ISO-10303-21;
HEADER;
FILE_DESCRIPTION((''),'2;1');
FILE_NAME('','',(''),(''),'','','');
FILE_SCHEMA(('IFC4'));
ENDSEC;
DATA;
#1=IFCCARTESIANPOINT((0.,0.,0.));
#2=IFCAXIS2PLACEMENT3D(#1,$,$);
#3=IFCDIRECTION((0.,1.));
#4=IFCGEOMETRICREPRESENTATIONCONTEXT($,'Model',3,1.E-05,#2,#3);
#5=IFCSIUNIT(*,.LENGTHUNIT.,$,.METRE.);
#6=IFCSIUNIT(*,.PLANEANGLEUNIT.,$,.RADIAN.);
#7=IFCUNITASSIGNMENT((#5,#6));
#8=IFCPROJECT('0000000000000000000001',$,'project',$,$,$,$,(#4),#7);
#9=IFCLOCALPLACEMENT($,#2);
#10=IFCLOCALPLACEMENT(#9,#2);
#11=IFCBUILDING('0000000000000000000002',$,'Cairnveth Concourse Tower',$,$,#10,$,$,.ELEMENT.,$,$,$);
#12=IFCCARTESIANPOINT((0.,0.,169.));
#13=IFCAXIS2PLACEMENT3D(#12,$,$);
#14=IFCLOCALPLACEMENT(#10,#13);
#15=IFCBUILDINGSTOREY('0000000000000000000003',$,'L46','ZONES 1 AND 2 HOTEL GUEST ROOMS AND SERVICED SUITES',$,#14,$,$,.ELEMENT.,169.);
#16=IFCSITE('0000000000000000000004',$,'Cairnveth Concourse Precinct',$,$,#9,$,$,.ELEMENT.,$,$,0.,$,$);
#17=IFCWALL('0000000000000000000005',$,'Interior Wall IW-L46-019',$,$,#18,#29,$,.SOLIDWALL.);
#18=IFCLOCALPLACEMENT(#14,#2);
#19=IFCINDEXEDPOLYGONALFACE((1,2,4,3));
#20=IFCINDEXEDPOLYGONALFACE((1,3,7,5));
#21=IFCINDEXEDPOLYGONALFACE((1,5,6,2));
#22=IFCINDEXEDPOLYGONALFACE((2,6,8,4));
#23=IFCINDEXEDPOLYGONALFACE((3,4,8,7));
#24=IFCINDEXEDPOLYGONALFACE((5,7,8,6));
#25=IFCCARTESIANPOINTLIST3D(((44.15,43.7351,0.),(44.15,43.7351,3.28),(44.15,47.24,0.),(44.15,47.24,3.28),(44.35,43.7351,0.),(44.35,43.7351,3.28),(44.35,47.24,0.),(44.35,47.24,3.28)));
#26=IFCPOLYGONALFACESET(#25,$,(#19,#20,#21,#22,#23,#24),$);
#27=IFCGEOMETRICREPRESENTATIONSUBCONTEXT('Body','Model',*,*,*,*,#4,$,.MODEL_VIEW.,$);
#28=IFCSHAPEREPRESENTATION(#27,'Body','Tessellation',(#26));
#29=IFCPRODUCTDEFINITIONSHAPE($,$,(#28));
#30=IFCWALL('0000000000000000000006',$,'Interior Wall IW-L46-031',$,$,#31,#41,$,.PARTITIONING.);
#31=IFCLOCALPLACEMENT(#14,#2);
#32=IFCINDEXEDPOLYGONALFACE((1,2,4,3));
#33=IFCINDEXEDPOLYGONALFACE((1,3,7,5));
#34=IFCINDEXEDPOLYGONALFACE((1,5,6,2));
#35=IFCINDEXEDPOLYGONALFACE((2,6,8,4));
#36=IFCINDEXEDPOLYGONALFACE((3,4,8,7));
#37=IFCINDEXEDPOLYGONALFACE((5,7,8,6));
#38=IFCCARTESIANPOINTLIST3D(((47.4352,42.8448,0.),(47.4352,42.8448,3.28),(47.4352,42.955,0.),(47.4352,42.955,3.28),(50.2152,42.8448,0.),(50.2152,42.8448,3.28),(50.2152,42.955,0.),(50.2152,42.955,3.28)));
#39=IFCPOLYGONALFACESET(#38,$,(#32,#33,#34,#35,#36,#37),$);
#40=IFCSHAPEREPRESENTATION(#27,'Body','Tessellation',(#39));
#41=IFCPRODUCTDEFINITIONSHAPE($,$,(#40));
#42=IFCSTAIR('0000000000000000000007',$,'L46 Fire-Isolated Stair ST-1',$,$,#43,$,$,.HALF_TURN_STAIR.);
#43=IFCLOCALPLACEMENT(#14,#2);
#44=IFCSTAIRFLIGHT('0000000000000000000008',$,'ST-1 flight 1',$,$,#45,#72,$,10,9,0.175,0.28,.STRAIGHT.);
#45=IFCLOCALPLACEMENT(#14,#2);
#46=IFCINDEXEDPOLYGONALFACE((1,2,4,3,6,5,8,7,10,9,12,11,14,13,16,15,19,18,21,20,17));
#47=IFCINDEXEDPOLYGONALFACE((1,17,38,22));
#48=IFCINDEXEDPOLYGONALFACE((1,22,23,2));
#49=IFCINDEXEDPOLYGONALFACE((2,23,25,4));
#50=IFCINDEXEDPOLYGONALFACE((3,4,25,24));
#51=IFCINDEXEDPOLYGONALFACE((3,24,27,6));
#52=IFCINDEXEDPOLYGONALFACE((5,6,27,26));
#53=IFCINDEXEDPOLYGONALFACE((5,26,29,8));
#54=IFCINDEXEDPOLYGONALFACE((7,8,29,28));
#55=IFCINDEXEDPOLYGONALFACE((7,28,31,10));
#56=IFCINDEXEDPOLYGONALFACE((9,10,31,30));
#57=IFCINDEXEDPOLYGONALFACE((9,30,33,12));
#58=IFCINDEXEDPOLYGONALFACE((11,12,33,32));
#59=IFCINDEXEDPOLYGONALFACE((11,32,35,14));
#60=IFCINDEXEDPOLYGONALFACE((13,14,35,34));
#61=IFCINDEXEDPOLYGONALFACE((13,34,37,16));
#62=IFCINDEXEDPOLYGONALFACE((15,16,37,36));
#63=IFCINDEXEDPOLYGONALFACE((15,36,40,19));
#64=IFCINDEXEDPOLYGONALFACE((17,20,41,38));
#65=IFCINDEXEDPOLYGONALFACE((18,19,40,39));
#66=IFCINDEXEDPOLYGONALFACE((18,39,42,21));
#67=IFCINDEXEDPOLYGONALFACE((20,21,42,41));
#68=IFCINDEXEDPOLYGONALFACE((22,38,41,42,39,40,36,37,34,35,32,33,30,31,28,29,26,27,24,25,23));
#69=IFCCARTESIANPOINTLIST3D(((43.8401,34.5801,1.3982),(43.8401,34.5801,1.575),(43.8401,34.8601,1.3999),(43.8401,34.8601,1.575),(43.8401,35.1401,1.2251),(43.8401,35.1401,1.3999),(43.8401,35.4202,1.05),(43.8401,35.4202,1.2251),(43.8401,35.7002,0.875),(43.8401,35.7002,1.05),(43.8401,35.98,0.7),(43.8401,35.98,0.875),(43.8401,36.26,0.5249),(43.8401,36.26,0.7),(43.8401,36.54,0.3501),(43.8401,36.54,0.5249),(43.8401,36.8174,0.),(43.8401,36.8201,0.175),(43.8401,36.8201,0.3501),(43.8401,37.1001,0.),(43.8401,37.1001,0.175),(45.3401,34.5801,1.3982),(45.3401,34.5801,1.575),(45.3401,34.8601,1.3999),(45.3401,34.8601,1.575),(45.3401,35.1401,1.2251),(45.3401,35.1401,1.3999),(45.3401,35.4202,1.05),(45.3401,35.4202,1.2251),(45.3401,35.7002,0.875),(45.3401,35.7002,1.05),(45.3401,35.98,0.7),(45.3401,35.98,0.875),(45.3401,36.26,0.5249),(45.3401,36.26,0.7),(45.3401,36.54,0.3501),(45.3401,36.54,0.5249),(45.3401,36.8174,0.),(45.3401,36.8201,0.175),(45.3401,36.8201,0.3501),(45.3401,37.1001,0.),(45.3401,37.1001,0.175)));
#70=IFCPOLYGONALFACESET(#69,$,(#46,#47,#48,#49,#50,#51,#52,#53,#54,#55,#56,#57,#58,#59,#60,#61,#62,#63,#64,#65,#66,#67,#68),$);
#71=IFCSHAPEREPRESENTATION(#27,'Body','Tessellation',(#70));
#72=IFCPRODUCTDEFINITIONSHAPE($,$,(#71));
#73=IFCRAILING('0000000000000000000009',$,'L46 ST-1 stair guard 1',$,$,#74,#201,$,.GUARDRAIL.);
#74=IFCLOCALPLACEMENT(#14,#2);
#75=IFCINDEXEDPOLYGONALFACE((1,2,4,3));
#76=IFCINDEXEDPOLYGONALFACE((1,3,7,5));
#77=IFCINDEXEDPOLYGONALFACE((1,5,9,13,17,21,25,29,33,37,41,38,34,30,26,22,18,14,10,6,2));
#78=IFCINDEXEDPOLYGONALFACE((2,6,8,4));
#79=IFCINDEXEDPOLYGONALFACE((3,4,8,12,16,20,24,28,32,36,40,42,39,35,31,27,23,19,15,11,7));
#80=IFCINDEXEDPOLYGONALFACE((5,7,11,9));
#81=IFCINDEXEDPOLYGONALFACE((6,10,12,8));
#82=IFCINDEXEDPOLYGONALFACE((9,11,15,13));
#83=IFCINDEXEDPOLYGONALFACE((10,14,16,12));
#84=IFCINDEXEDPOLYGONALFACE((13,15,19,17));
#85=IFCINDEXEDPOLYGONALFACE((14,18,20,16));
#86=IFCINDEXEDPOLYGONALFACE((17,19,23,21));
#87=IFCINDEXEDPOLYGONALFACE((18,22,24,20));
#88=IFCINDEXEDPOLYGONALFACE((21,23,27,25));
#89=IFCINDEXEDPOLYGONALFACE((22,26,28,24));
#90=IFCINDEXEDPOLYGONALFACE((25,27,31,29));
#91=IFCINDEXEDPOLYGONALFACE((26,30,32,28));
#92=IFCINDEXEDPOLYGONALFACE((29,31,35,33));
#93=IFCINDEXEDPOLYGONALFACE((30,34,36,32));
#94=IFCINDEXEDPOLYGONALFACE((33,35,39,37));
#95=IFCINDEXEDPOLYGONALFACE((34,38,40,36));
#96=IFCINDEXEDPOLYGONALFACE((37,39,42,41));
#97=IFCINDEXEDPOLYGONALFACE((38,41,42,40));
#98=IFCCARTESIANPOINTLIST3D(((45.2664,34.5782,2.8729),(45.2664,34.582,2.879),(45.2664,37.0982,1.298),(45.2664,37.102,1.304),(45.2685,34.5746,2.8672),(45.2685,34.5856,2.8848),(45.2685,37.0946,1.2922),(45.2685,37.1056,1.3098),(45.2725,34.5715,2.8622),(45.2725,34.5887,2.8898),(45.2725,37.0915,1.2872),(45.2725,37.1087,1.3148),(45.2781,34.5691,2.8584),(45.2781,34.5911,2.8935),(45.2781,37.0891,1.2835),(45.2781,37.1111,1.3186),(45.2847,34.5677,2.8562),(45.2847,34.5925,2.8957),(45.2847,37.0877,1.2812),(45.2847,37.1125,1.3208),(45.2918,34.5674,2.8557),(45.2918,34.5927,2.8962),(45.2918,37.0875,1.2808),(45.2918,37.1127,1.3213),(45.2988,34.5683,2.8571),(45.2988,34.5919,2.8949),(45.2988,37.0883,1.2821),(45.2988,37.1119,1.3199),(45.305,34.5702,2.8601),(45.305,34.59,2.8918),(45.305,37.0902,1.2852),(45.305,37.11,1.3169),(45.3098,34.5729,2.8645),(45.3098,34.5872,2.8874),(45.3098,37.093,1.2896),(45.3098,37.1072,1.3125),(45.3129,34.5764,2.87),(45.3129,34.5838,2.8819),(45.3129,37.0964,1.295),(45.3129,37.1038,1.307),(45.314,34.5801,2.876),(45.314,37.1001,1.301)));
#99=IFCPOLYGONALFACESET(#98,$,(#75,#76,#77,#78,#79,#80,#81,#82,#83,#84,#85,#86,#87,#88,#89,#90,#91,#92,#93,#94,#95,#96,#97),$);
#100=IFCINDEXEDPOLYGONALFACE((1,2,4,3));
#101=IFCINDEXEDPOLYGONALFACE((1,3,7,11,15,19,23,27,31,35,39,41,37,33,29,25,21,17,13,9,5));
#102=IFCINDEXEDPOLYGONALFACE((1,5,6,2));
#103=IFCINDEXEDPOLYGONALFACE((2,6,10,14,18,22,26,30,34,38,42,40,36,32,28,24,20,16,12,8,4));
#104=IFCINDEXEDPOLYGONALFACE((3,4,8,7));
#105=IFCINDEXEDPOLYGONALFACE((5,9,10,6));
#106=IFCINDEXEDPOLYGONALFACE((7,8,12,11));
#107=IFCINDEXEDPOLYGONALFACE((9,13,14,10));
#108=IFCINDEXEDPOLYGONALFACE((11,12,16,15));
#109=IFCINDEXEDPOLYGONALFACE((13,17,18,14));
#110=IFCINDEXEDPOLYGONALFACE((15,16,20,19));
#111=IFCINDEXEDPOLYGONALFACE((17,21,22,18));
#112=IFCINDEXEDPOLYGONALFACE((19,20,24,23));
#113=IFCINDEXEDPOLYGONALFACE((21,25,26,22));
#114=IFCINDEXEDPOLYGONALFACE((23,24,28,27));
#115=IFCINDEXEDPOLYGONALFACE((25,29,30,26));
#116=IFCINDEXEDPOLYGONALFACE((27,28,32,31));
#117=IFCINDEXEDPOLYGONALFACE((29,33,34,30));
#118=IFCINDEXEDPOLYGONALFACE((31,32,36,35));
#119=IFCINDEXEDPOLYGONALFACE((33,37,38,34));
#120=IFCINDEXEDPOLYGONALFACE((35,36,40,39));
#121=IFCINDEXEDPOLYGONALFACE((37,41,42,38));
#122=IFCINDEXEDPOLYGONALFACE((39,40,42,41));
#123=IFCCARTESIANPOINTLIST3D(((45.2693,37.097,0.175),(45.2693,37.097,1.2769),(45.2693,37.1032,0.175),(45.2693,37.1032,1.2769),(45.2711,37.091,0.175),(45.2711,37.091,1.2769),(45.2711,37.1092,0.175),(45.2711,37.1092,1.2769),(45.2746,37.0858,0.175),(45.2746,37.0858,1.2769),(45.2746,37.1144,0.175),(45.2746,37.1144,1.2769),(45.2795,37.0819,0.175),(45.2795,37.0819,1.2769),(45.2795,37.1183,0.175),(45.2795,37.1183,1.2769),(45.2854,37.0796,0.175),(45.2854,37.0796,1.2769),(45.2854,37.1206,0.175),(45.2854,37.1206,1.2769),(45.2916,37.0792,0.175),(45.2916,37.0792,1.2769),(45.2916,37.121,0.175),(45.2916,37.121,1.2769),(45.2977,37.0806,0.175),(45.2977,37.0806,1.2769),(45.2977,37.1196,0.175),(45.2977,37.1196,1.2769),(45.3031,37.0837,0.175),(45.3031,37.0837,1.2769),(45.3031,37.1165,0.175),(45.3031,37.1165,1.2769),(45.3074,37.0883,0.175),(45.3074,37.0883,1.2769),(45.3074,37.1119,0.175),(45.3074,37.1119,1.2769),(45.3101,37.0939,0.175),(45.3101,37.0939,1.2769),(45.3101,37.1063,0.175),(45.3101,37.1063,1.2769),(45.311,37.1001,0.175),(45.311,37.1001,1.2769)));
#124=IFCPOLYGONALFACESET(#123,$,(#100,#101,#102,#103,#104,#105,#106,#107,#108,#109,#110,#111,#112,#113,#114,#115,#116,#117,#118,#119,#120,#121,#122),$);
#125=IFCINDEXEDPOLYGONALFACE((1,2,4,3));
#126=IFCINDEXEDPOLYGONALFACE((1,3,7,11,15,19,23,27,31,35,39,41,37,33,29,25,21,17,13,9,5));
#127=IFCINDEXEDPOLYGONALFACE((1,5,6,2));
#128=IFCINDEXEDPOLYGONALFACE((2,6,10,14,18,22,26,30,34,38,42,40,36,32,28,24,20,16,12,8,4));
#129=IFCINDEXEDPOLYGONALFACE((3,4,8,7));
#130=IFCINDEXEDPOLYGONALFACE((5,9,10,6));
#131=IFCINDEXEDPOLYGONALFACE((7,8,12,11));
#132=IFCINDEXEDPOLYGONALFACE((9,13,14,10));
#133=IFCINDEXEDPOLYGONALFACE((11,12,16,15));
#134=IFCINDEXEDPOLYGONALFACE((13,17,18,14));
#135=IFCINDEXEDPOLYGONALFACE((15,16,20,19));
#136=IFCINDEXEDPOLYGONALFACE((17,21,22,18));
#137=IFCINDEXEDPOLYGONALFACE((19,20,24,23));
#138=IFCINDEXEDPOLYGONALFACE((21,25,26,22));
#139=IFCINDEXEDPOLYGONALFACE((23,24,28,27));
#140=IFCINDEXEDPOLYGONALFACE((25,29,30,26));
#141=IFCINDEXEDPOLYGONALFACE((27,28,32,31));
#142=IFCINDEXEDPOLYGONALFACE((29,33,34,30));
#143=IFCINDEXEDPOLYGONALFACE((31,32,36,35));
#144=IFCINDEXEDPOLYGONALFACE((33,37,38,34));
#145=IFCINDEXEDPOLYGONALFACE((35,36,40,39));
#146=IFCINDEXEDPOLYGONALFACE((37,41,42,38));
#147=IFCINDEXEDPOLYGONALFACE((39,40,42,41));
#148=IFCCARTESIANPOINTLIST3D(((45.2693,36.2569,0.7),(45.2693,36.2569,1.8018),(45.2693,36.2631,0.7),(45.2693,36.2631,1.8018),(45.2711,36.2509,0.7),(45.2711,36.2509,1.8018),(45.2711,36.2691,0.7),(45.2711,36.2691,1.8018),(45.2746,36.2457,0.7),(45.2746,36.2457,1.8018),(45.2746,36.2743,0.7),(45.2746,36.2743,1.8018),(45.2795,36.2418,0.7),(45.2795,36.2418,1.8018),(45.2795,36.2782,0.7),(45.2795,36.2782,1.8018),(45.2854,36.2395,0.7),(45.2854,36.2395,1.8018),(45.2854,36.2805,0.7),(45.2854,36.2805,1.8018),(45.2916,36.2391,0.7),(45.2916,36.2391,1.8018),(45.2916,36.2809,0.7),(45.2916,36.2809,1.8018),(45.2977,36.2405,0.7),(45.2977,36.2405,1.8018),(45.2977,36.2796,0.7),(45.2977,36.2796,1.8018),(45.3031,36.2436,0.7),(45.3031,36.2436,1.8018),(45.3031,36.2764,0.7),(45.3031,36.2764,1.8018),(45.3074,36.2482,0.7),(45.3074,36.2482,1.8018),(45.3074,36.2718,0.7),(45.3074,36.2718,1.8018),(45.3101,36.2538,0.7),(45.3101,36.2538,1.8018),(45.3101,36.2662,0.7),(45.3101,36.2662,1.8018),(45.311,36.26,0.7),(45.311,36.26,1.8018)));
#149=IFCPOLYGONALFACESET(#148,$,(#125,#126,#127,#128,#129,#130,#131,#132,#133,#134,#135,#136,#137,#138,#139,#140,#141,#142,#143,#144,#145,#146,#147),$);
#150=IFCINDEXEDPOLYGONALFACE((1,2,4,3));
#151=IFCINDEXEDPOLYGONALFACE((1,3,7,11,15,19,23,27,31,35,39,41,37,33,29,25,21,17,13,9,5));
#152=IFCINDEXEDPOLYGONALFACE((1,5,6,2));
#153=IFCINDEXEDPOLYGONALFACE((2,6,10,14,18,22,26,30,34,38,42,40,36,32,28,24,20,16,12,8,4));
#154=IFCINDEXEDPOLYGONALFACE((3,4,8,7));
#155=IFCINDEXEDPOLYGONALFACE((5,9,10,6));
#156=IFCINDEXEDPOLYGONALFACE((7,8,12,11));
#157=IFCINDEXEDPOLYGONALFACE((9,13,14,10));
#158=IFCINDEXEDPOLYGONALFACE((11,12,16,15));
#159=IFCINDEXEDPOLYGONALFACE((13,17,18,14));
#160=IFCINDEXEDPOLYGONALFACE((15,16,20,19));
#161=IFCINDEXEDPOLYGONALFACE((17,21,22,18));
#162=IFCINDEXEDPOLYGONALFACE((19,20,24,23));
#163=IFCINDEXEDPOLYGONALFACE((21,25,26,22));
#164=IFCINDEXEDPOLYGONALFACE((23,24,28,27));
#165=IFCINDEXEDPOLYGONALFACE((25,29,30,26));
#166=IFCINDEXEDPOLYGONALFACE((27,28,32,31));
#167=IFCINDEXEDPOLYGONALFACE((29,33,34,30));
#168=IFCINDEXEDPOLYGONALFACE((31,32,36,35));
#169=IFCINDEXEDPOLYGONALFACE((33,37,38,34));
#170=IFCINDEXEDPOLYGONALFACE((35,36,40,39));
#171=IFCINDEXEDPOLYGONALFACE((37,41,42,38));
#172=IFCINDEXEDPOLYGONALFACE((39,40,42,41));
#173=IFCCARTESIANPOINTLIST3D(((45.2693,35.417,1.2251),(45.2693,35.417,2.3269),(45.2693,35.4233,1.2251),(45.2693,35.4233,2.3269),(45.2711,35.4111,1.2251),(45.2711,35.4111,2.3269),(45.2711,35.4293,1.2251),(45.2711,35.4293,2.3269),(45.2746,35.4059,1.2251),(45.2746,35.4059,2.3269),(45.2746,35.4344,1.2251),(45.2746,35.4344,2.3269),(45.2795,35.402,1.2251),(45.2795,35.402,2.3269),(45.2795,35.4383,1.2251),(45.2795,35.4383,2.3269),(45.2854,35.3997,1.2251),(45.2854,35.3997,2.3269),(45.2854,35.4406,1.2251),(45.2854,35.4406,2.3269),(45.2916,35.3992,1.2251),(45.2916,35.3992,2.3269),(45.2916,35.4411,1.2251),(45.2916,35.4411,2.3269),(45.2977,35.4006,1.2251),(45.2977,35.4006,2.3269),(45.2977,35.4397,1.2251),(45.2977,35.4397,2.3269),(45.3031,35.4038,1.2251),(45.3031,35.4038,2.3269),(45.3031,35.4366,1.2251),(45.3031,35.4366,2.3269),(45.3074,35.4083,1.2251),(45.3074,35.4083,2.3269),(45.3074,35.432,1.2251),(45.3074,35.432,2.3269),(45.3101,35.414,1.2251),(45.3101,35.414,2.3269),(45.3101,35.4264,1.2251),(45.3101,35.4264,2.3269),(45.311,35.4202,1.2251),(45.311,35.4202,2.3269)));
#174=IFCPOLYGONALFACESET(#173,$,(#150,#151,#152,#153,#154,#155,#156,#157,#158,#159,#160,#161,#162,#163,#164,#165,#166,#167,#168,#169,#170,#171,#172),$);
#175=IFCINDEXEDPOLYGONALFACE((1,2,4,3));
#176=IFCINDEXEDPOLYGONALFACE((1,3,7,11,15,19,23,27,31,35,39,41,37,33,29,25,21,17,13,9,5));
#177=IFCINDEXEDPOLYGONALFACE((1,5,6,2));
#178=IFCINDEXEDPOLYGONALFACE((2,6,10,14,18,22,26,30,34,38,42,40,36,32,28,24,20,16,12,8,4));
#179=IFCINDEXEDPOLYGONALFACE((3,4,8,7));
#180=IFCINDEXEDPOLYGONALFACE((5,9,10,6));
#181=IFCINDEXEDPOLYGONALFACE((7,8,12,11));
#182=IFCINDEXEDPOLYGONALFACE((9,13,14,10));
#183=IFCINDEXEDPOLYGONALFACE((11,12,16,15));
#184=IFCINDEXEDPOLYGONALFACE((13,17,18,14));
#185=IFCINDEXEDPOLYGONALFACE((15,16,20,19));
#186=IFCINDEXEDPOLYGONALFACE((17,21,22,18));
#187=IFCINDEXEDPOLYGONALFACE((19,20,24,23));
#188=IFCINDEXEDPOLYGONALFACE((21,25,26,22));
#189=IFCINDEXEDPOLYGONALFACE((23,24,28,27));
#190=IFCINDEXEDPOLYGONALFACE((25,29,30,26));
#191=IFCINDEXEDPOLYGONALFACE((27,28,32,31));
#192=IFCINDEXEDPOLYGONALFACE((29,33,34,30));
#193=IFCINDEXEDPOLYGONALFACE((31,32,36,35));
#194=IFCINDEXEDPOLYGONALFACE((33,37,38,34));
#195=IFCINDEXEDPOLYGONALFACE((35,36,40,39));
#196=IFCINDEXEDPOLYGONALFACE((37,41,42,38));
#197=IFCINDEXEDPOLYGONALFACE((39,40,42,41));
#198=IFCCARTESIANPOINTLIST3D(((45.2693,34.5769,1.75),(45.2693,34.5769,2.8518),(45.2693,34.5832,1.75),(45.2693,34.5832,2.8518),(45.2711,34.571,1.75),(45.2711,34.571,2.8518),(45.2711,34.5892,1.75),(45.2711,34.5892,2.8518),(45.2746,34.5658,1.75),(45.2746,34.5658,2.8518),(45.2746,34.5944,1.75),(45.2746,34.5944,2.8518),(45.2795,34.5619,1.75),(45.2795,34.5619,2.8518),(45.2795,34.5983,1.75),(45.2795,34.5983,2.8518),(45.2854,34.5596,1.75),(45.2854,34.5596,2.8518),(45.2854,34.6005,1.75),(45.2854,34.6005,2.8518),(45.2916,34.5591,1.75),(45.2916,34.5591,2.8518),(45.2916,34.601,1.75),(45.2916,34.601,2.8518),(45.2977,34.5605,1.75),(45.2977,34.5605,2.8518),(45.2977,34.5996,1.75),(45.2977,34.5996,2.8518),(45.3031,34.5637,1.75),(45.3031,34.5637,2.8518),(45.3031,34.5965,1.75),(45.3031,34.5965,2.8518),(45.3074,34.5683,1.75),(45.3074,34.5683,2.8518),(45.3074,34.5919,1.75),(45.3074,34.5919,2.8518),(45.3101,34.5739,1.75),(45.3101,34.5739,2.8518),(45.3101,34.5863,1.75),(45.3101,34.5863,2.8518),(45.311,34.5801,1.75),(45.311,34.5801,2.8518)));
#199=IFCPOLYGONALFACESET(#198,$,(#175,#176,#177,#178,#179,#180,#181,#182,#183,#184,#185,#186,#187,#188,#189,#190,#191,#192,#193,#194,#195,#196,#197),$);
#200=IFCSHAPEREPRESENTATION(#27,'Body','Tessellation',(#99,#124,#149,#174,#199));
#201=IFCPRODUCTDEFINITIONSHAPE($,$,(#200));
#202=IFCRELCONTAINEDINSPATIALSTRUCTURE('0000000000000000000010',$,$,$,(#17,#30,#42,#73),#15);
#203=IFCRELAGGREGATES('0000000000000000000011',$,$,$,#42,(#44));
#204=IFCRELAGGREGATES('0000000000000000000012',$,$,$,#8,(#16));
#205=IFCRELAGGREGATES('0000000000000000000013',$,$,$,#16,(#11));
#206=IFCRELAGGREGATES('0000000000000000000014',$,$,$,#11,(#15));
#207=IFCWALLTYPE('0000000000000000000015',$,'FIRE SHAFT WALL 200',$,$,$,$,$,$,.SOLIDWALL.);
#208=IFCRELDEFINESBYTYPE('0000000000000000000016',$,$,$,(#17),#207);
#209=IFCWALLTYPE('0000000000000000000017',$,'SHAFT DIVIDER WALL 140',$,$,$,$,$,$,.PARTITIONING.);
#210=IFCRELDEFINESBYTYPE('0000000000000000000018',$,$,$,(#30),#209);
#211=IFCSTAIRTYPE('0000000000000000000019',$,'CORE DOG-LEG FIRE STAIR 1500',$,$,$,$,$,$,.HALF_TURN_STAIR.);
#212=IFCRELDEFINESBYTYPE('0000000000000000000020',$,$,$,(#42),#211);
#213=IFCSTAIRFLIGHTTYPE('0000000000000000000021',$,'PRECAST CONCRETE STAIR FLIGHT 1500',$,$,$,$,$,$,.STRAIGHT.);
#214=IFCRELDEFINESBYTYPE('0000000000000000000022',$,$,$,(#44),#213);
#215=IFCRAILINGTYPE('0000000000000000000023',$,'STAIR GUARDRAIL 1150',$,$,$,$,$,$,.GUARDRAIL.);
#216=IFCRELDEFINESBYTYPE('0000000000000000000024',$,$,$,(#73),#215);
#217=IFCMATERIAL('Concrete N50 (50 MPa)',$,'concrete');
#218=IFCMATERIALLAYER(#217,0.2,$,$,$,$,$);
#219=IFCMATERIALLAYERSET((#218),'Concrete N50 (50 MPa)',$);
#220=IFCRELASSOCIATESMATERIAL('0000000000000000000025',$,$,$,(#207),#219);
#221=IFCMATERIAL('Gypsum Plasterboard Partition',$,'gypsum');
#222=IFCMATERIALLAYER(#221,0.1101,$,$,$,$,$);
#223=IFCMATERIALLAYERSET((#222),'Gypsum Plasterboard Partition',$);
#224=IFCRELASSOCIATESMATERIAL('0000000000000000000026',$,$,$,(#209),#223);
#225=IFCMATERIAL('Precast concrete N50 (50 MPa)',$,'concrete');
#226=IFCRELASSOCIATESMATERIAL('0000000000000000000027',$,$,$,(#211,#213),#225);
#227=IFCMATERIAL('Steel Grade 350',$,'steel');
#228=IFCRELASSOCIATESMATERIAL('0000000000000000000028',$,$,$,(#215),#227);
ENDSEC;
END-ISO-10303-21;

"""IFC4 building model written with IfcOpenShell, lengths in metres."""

from ifc_helpers import new_model, si_unit, direction, frame, frame_2d, origin, origin_2d, place, context, subcontext, project, spatial, polyline, rectangle, circle, outline, extrude, material, layer, layer_set, type_object, element, aggregate, save


model = new_model("IFC4")

# Units and contexts
model_context = context("Model", 3, precision=1e-05, world=origin(), true_north=direction((0.0, 1.0)))
body_context = subcontext(model_context, "Body", "Model", "MODEL_VIEW")
ifc_project = project(units=[si_unit("LENGTHUNIT", "METRE"), si_unit("PLANEANGLEUNIT", "RADIAN")], contexts=[model_context])

# Site, building, storey
site_placement = place(None, origin())
site = spatial("IfcSite", under=ifc_project, at=site_placement, Name="Cairnveth Concourse Precinct", CompositionType="ELEMENT", RefElevation=0.0)
building_placement = place(site_placement, origin())
building = spatial("IfcBuilding", under=site, at=building_placement, Name="Cairnveth Concourse Tower", CompositionType="ELEMENT")
storey_placement = place(building_placement, frame((0.0, 0.0, 169.0)))
storey = spatial("IfcBuildingStorey", under=building, at=storey_placement, Name="L46", Description="ZONES 1 AND 2 HOTEL GUEST ROOMS AND SERVICED SUITES", CompositionType="ELEMENT", Elevation=169.0)

# Shared definitions
ifc_material_1 = material(Name="Steel Grade 350", Category="steel")

# Shared definitions
ifc_material_2 = material(Name="Gypsum Plasterboard Partition", Category="gypsum")
ifc_material_3 = material(Name="Concrete N50 (50 MPa)", Category="concrete")
ifc_layer_1 = layer(ifc_material_3, 0.2)
ifc_layer_set_1 = layer_set([ifc_layer_1], Name="Concrete N50 (50 MPa)")
wall_type_1 = type_object("IfcWallType", Name="FIRE SHAFT WALL 200", PredefinedType="SOLIDWALL", material=ifc_layer_set_1)

# Walls
for number, where, z_axis, x_axis, name in (
    (1, (44.25, 43.7351, 0.0), (0.0, 0.0, 1.0), (0.0, 1.0, 0.0), "Interior Wall IW-L46-019"),
):
    element("IfcWall", number, at=place(storey_placement, frame(where, z_axis=z_axis, x_axis=x_axis)), inside=storey, type_object=wall_type_1, Name=name, PredefinedType="SOLIDWALL", context=body_context, shape_type="SweptSolid", body=[
        extrude(rectangle(XDim=3.5049, YDim=0.2, at=frame_2d((1.7524, 0.0))), origin(), (0.0, 0.0, 1.0), 3.28),
    ])
ifc_layer_2 = layer(ifc_material_2, 0.1101)
ifc_layer_set_2 = layer_set([ifc_layer_2], Name="Gypsum Plasterboard Partition")
wall_type_2 = type_object("IfcWallType", Name="SHAFT DIVIDER WALL 140", PredefinedType="PARTITIONING", material=ifc_layer_set_2)
wall_1_placement = place(storey_placement, frame((47.4351, 42.8999, 0.0), z_axis=(0.0, 0.0, 1.0), x_axis=(1.0, 0.0, 0.0)))
element("IfcWall", 2, at=wall_1_placement, inside=storey, type_object=wall_type_2, Name="Interior Wall IW-L46-031", PredefinedType="PARTITIONING", context=body_context, shape_type="SweptSolid", body=[
    extrude(rectangle(XDim=2.78, YDim=0.1101, at=frame_2d((1.3901, 0.0))), origin(), (0.0, 0.0, 1.0), 3.28),
])

# Stair, stair flight
ifc_material_4 = material(Name="Precast concrete N50 (50 MPa)", Category="concrete")
stair_type = type_object("IfcStairType", Name="CORE DOG-LEG FIRE STAIR 1500", PredefinedType="HALF_TURN_STAIR", material=ifc_material_4)
stair_placement = place(storey_placement, origin())
stair = element("IfcStair", 3, at=stair_placement, inside=storey, type_object=stair_type, Name="L46 Fire-Isolated Stair ST-1", PredefinedType="HALF_TURN_STAIR")
stair_flight_type = type_object("IfcStairFlightType", Name="PRECAST CONCRETE STAIR FLIGHT 1500", PredefinedType="STRAIGHT", material=ifc_material_4)
stair_flight_placement = place(storey_placement, frame((44.5901, 37.1001, 0.0), z_axis=(0.0, 0.0, 1.0), x_axis=(0.0, -1.0, 0.0)))
stair_flight = element("IfcStairFlight", 4, at=stair_flight_placement, type_object=stair_flight_type, Name="ST-1 flight 1", NumberOfRisers=10, NumberOfTreads=9, PredefinedType="STRAIGHT", RiserHeight=0.175, TreadLength=0.28, context=body_context, shape_type="SweptSolid", body=[
    extrude(outline(polyline([(0.0, 0.0), (0.0, 0.175), (0.28, 0.175), (0.28, 0.3501), (0.5601, 0.3501), (0.5601, 0.5249), (0.8401, 0.5249), (0.8401, 0.7), (1.1201, 0.7), (1.1201, 0.875), (1.3999, 0.875), (1.3999, 1.05), (1.6799, 1.05), (1.6799, 1.2251), (1.96, 1.2251), (1.96, 1.3999), (2.24, 1.3999), (2.24, 1.575), (2.52, 1.575), (2.52, 1.75), (2.52, 1.3982), (0.2827, 0.0), (0.0, 0.0)])), frame((0.0, 0.75, 0.0), z_axis=(0.0, -1.0, 0.0), x_axis=(1.0, 0.0, 0.0)), (0.0, 0.0, 1.0), 1.5),
])
aggregate(stair, [stair_flight])

# Railing
railing_type = type_object("IfcRailingType", Name="STAIR GUARDRAIL 1150", PredefinedType="GUARDRAIL", material=ifc_material_1)
railing_1_placement = place(storey_placement, frame((45.29, 37.1001, 0.175)))
element("IfcRailing", 5, at=railing_1_placement, inside=storey, type_object=railing_type, Name="L46 ST-1 stair guard 1", PredefinedType="GUARDRAIL", context=body_context, shape_type="SweptSolid", body=[
    extrude(circle(Radius=0.0239, at=origin_2d()), frame((0.0, 0.0, 1.126), z_axis=(0.0, -0.848008, 0.529984), x_axis=(1.0, 0.0, 0.0)), (0.0, 0.0, 1.0), 2.9717),
    extrude(circle(Radius=0.021, at=origin_2d()), origin(), (0.0, 0.0, 1.0), 1.1018),
    extrude(circle(Radius=0.021, at=origin_2d()), frame((0.0, -0.8401, 0.5249)), (0.0, 0.0, 1.0), 1.1018),
    extrude(circle(Radius=0.021, at=origin_2d()), frame((0.0, -1.6799, 1.05)), (0.0, 0.0, 1.0), 1.1018),
    extrude(circle(Radius=0.021, at=origin_2d()), frame((0.0, -2.52, 1.575)), (0.0, 0.0, 1.0), 1.1018),
])

save(model, "model.ifc")
